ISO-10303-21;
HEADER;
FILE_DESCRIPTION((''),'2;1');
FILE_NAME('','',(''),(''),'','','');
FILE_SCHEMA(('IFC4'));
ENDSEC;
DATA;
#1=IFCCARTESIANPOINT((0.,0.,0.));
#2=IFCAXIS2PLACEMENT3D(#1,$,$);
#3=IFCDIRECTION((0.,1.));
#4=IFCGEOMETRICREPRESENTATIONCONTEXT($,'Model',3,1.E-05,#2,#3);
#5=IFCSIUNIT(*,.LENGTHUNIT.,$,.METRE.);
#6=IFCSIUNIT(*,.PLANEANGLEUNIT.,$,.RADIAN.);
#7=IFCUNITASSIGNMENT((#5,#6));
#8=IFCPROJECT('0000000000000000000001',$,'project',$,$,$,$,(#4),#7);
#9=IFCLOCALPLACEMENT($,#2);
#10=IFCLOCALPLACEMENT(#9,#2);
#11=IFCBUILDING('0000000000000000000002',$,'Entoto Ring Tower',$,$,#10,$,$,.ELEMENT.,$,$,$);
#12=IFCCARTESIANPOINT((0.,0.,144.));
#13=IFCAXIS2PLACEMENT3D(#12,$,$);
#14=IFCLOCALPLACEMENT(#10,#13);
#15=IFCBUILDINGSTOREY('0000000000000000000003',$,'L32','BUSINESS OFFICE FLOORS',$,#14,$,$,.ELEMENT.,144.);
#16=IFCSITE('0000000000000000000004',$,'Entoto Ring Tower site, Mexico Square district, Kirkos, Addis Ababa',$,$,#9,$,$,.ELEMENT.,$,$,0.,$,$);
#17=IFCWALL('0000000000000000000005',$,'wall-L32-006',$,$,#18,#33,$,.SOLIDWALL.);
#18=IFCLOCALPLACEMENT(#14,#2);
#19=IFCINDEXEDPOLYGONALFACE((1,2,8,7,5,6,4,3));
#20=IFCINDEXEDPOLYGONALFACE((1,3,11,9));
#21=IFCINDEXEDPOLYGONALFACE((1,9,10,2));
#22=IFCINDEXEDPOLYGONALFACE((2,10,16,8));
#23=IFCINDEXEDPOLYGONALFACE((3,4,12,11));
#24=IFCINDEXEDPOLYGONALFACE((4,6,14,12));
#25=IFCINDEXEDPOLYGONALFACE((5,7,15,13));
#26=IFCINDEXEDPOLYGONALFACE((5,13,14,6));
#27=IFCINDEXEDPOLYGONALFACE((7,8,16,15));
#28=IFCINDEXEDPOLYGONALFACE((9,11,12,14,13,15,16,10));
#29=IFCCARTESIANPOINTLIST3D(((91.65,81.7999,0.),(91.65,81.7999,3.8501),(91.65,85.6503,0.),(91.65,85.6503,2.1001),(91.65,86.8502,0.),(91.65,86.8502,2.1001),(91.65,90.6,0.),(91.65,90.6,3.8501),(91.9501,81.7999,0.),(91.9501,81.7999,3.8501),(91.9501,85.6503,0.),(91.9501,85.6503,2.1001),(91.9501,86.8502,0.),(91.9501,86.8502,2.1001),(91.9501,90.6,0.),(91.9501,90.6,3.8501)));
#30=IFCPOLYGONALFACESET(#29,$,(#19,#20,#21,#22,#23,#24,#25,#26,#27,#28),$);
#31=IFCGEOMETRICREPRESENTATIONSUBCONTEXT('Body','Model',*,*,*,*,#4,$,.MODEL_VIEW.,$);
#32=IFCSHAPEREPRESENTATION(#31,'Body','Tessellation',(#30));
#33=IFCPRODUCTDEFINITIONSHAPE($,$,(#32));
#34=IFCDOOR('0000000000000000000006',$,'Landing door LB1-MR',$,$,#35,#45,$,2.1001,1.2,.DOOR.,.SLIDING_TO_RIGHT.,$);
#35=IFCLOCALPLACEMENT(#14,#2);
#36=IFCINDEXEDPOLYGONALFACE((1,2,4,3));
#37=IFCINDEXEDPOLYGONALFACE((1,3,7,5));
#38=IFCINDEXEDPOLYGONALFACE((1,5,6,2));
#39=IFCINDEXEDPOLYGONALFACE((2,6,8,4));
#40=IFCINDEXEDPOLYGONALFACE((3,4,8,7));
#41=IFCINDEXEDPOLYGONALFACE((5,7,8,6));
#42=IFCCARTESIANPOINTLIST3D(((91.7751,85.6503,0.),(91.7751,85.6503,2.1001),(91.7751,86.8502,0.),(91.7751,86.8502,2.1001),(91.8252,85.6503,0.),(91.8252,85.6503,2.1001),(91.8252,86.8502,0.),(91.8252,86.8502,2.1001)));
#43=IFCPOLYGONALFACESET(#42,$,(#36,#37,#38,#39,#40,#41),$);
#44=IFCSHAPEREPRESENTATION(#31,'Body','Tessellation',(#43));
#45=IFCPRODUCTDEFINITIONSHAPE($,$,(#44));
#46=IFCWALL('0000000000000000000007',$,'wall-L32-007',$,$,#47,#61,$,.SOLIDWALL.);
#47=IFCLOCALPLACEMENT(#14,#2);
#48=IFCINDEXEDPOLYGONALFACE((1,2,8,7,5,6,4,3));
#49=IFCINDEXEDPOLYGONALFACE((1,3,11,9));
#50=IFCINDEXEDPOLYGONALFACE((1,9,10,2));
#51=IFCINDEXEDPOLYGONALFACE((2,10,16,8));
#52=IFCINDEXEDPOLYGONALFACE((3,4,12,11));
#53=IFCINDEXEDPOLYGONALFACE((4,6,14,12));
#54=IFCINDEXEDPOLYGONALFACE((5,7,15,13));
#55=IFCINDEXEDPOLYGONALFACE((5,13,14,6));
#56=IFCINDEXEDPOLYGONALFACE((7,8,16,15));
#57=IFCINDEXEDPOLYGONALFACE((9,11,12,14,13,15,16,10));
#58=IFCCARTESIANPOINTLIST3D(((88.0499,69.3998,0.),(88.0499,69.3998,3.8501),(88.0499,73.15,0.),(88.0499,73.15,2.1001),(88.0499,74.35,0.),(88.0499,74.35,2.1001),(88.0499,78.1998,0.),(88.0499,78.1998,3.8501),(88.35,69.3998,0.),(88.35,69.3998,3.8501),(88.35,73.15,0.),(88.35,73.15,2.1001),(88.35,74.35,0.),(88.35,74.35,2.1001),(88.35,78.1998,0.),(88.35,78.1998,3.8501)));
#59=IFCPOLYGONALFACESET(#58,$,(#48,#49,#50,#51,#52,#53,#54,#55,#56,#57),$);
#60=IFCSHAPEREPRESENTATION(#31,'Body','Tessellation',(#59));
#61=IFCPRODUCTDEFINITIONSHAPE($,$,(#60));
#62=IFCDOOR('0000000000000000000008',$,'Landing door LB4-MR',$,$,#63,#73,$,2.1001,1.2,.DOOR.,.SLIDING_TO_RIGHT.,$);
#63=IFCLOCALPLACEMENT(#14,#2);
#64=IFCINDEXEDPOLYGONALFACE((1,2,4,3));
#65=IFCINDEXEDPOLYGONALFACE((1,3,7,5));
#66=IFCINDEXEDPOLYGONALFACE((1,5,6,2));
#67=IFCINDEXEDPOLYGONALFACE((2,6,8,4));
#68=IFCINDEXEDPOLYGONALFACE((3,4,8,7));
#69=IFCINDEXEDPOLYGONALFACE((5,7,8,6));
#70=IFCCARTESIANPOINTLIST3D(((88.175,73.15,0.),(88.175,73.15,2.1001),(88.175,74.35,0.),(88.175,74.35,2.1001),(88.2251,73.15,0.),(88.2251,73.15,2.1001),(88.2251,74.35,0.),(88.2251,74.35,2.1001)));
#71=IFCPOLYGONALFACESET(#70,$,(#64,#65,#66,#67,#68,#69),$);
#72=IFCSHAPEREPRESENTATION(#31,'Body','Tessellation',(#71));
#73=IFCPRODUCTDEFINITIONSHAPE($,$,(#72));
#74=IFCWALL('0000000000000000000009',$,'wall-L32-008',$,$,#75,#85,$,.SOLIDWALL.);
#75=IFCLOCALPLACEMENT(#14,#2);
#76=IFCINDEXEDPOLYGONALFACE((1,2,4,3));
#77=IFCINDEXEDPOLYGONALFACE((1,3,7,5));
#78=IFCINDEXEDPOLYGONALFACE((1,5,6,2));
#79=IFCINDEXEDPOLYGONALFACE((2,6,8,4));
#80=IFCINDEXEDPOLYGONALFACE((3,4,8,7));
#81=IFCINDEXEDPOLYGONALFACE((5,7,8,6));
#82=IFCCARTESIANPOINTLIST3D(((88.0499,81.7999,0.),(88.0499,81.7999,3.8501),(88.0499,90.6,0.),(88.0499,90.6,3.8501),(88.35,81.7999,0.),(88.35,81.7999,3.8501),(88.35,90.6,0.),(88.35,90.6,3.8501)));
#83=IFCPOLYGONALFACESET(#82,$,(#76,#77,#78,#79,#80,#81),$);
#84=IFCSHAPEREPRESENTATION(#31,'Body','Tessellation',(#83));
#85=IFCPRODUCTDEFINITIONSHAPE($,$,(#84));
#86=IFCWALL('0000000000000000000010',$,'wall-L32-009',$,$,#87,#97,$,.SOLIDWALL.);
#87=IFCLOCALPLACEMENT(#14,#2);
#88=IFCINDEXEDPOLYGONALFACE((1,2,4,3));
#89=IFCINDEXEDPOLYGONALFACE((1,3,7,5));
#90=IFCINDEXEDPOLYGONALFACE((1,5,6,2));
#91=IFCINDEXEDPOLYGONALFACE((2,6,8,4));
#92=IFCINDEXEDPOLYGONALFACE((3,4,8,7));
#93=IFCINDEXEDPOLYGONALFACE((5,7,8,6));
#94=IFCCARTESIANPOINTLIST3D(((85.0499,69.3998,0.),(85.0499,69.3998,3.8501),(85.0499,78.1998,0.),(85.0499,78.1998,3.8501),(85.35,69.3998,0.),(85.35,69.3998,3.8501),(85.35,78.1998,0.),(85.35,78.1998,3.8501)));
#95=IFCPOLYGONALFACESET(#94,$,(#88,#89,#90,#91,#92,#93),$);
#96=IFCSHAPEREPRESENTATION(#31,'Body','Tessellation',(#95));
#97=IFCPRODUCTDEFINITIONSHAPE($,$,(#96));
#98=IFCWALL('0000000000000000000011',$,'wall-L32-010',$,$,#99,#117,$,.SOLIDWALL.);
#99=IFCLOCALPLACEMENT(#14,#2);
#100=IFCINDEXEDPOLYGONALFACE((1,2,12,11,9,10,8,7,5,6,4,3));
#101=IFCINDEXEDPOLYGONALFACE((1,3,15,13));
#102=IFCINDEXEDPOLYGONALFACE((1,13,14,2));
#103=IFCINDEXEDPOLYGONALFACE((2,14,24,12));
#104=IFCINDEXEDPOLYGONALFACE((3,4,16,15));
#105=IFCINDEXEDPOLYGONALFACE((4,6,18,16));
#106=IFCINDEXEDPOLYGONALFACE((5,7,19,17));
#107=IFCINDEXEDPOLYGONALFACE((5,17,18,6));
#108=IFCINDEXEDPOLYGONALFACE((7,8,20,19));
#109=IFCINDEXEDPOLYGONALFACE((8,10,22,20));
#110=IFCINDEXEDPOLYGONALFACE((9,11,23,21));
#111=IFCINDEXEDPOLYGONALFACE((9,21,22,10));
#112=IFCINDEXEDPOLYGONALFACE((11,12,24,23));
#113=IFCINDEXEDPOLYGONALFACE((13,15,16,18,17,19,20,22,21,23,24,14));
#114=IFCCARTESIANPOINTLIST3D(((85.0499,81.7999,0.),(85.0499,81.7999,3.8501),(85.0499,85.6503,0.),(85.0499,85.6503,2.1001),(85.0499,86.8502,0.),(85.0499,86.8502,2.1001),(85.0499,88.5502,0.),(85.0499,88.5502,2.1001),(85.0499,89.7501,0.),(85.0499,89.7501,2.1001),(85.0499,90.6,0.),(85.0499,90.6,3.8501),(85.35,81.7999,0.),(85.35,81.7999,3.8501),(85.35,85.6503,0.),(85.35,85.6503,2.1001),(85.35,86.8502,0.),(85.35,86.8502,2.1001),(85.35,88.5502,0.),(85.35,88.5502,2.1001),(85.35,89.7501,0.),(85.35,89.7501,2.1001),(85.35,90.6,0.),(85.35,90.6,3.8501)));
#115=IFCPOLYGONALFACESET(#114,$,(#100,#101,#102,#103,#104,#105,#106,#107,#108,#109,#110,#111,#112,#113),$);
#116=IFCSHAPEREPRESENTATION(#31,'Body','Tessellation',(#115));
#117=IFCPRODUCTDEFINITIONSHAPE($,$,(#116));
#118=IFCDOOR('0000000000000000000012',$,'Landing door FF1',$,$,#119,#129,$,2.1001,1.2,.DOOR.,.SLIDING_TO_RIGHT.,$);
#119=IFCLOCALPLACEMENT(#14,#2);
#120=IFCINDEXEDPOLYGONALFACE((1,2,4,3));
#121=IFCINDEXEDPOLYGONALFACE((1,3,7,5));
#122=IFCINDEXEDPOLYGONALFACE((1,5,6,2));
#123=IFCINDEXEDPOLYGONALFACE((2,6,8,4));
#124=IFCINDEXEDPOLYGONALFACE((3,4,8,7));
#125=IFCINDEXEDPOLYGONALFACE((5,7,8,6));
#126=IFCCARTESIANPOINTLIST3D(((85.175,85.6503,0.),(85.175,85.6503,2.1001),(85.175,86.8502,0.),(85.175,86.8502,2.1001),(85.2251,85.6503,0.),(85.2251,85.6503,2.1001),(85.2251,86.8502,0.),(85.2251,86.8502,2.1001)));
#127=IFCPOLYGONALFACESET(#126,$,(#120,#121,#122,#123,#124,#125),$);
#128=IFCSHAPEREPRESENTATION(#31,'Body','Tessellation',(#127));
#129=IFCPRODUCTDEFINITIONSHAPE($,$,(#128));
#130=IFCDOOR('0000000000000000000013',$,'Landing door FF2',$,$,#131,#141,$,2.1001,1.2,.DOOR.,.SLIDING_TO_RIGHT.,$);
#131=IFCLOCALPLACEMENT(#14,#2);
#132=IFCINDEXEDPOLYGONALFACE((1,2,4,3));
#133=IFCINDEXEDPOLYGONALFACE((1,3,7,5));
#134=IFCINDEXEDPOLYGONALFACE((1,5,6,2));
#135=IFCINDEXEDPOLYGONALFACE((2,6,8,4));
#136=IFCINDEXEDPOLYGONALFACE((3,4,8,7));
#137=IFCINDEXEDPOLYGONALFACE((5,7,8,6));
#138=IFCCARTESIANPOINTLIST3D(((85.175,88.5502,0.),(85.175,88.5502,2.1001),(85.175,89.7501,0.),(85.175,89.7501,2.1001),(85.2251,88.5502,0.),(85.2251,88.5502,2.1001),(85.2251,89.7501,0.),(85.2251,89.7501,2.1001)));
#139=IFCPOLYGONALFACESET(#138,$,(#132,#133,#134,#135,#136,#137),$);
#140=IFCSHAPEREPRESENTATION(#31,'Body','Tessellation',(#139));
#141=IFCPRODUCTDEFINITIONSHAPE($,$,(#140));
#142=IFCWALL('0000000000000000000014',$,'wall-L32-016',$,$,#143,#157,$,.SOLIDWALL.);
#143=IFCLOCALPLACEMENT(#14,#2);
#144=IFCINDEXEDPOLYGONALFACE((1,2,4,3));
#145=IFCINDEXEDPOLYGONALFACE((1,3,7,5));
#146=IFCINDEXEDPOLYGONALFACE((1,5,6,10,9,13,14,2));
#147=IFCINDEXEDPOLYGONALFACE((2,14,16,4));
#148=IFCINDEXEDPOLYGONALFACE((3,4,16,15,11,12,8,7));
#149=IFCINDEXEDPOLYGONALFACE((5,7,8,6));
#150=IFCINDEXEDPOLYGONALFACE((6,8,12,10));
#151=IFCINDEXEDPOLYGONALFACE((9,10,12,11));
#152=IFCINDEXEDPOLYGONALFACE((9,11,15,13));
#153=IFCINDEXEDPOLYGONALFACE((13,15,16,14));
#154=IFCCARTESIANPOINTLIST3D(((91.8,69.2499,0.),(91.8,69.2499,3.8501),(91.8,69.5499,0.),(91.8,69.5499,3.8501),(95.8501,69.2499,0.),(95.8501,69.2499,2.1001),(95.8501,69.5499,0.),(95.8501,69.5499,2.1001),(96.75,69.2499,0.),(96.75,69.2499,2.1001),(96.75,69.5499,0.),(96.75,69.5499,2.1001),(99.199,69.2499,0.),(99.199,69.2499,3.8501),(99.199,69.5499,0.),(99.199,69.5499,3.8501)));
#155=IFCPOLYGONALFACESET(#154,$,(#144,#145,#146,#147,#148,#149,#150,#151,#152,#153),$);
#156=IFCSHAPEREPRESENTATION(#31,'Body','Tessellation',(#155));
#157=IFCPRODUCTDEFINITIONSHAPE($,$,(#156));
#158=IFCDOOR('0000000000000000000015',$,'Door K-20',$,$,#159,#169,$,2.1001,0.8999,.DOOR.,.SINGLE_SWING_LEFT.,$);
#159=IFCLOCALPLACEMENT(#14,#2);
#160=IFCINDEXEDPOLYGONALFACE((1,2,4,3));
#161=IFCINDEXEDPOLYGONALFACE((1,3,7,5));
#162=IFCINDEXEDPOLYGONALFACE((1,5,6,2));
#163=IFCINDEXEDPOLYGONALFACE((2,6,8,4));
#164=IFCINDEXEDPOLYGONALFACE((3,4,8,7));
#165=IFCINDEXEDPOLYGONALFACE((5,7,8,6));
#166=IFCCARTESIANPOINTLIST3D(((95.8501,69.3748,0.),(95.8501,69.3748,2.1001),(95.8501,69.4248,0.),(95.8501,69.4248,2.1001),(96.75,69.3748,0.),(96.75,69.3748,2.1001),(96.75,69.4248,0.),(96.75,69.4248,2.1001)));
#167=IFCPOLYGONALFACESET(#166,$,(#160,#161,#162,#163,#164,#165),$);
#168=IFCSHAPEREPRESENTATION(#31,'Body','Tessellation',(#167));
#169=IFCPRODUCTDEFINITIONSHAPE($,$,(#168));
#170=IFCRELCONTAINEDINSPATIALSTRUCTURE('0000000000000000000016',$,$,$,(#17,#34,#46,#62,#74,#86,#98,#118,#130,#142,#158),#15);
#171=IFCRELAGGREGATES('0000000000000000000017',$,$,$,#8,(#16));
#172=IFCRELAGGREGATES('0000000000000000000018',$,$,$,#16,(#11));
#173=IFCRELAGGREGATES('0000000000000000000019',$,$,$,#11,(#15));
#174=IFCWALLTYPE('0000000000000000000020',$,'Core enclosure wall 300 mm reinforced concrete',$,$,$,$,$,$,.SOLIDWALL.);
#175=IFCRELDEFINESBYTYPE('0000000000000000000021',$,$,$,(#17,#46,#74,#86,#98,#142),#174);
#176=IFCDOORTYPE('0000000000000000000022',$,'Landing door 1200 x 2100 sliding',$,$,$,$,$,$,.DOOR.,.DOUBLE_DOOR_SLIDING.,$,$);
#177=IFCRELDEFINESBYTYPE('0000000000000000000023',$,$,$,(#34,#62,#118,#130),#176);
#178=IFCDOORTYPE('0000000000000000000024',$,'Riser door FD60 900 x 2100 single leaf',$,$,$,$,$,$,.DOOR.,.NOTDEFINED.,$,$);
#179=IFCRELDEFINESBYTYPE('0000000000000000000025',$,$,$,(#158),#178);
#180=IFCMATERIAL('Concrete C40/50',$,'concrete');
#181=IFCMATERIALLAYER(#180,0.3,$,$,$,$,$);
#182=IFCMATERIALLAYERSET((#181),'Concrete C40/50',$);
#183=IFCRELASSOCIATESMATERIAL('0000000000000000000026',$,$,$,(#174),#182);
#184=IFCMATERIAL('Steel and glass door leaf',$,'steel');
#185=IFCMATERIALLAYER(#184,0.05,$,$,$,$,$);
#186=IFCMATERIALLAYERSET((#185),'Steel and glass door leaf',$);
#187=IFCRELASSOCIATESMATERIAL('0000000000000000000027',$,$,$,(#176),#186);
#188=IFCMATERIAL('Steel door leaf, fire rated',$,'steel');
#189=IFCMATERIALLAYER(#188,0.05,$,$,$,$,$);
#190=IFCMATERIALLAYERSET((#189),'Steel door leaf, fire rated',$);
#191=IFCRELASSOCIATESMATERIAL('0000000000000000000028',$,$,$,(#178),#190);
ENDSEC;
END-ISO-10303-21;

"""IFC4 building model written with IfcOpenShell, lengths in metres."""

from ifc_helpers import new_model, si_unit, direction, frame, frame_2d, origin, place, context, subcontext, project, spatial, rectangle, extrude, material, layer, layer_set, type_object, element, fill, save


model = new_model("IFC4")

# Units and contexts
model_context = context("Model", 3, precision=1e-05, world=origin(), true_north=direction((0.0, 1.0)))
body_context = subcontext(model_context, "Body", "Model", "MODEL_VIEW")
ifc_project = project(units=[si_unit("LENGTHUNIT", "METRE"), si_unit("PLANEANGLEUNIT", "RADIAN")], contexts=[model_context])

# Site, building, storey
site_placement = place(None, origin())
site = spatial("IfcSite", under=ifc_project, at=site_placement, Name="Entoto Ring Tower site, Mexico Square district, Kirkos, Addis Ababa", CompositionType="ELEMENT", RefElevation=0.0)
building_placement = place(site_placement, origin())
building = spatial("IfcBuilding", under=site, at=building_placement, Name="Entoto Ring Tower", CompositionType="ELEMENT")
storey_placement = place(building_placement, frame((0.0, 0.0, 144.0)))
storey = spatial("IfcBuildingStorey", under=building, at=storey_placement, Name="L32", Description="BUSINESS OFFICE FLOORS", CompositionType="ELEMENT", Elevation=144.0)

# Shared definitions
ifc_material_1 = material(Name="Concrete C40/50", Category="concrete")
ifc_layer_1 = layer(ifc_material_1, 0.3)
ifc_layer_set_1 = layer_set([ifc_layer_1], Name="Concrete C40/50")
wall_type = type_object("IfcWallType", Name="Core enclosure wall 300 mm reinforced concrete", PredefinedType="SOLIDWALL", material=ifc_layer_set_1)

# Shared definitions
ifc_material_2 = material(Name="Steel and glass door leaf", Category="steel")
ifc_layer_2 = layer(ifc_material_2, 0.05)
ifc_layer_set_2 = layer_set([ifc_layer_2], Name="Steel and glass door leaf")
door_type_1 = type_object("IfcDoorType", Name="Landing door 1200 x 2100 sliding", OperationType="DOUBLE_DOOR_SLIDING", PredefinedType="DOOR", material=ifc_layer_set_2)

# Walls, openings, doors
wall_1_placement = place(storey_placement, frame((91.8, 81.8, 0.0), z_axis=(0.0, 0.0, 1.0), x_axis=(0.0, 1.0, 0.0)))
wall_1 = element("IfcWall", 1, at=wall_1_placement, inside=storey, type_object=wall_type, Name="wall-L32-006", PredefinedType="SOLIDWALL", context=body_context, shape_type="SweptSolid", body=[
    extrude(rectangle(XDim=8.8, YDim=0.3, at=frame_2d((4.3999, 0.0))), origin(), (0.0, 0.0, 1.0), 3.8501),
])
opening_1_placement = place(wall_1_placement, frame((3.8501, 0.0, 0.0)))
opening_1 = element("IfcOpeningElement", 2, at=opening_1_placement, cuts=wall_1, PredefinedType="OPENING", context=body_context, shape_type="SweptSolid", body=[
    extrude(rectangle(XDim=1.2, YDim=2.1001, at=frame_2d((0.6001, 1.05))), frame((0.0, 0.1602, 0.0), z_axis=(0.0, -1.0, 0.0), x_axis=(1.0, 0.0, 0.0)), (0.0, 0.0, 1.0), 0.3201),
])
door_1_placement = place(opening_1_placement, origin())
door_1 = element("IfcDoor", 3, at=door_1_placement, inside=storey, type_object=door_type_1, Name="Landing door LB1-MR", OperationType="SLIDING_TO_RIGHT", OverallHeight=2.1001, OverallWidth=1.2, PredefinedType="DOOR", context=body_context, shape_type="SweptSolid", body=[
    extrude(rectangle(XDim=1.2, YDim=2.1001, at=frame_2d((0.6001, 1.05))), frame((0.0, 0.0249, 0.0), z_axis=(0.0, -1.0, 0.0), x_axis=(1.0, 0.0, 0.0)), (0.0, 0.0, 1.0), 0.05),
])
fill(opening_1, door_1)
wall_2_placement = place(storey_placement, frame((88.2, 69.3999, 0.0), z_axis=(0.0, 0.0, 1.0), x_axis=(0.0, 1.0, 0.0)))
wall_2 = element("IfcWall", 4, at=wall_2_placement, inside=storey, type_object=wall_type, Name="wall-L32-007", PredefinedType="SOLIDWALL", context=body_context, shape_type="SweptSolid", body=[
    extrude(rectangle(XDim=8.8, YDim=0.3, at=frame_2d((4.3999, 0.0))), origin(), (0.0, 0.0, 1.0), 3.8501),
])
opening_2_placement = place(wall_2_placement, frame((3.75, 0.0, 0.0)))
opening_2 = element("IfcOpeningElement", 5, at=opening_2_placement, cuts=wall_2, PredefinedType="OPENING", context=body_context, shape_type="SweptSolid", body=[
    extrude(rectangle(XDim=1.2, YDim=2.1001, at=frame_2d((0.6001, 1.05))), frame((0.0, 0.1602, 0.0), z_axis=(0.0, -1.0, 0.0), x_axis=(1.0, 0.0, 0.0)), (0.0, 0.0, 1.0), 0.3201),
])
door_2_placement = place(opening_2_placement, origin())
door_2 = element("IfcDoor", 6, at=door_2_placement, inside=storey, type_object=door_type_1, Name="Landing door LB4-MR", OperationType="SLIDING_TO_RIGHT", OverallHeight=2.1001, OverallWidth=1.2, PredefinedType="DOOR", context=body_context, shape_type="SweptSolid", body=[
    extrude(rectangle(XDim=1.2, YDim=2.1001, at=frame_2d((0.6001, 1.05))), frame((0.0, 0.0249, 0.0), z_axis=(0.0, -1.0, 0.0), x_axis=(1.0, 0.0, 0.0)), (0.0, 0.0, 1.0), 0.05),
])
fill(opening_2, door_2)

# Walls
for number, where, z_axis, x_axis, name in (
    (7, (88.2, 81.8, 0.0), (0.0, 0.0, 1.0), (0.0, 1.0, 0.0), "wall-L32-008"),
    (8, (85.2, 69.3999, 0.0), (0.0, 0.0, 1.0), (0.0, 1.0, 0.0), "wall-L32-009"),
):
    element("IfcWall", number, at=place(storey_placement, frame(where, z_axis=z_axis, x_axis=x_axis)), inside=storey, type_object=wall_type, Name=name, PredefinedType="SOLIDWALL", context=body_context, shape_type="SweptSolid", body=[
        extrude(rectangle(XDim=8.8, YDim=0.3, at=frame_2d((4.3999, 0.0))), origin(), (0.0, 0.0, 1.0), 3.8501),
    ])

# Wall, openings, doors
wall_3_placement = place(storey_placement, frame((85.2, 81.8, 0.0), z_axis=(0.0, 0.0, 1.0), x_axis=(0.0, 1.0, 0.0)))
wall_3 = element("IfcWall", 9, at=wall_3_placement, inside=storey, type_object=wall_type, Name="wall-L32-010", PredefinedType="SOLIDWALL", context=body_context, shape_type="SweptSolid", body=[
    extrude(rectangle(XDim=8.8, YDim=0.3, at=frame_2d((4.3999, 0.0))), origin(), (0.0, 0.0, 1.0), 3.8501),
])
opening_3_placement = place(wall_3_placement, frame((3.8501, 0.0, 0.0)))
opening_3 = element("IfcOpeningElement", 10, at=opening_3_placement, cuts=wall_3, PredefinedType="OPENING", context=body_context, shape_type="SweptSolid", body=[
    extrude(rectangle(XDim=1.2, YDim=2.1001, at=frame_2d((0.6001, 1.05))), frame((0.0, 0.1602, 0.0), z_axis=(0.0, -1.0, 0.0), x_axis=(1.0, 0.0, 0.0)), (0.0, 0.0, 1.0), 0.3201),
])
opening_4_placement = place(wall_3_placement, frame((6.75, 0.0, 0.0)))
opening_4 = element("IfcOpeningElement", 11, at=opening_4_placement, cuts=wall_3, PredefinedType="OPENING", context=body_context, shape_type="SweptSolid", body=[
    extrude(rectangle(XDim=1.2, YDim=2.1001, at=frame_2d((0.6001, 1.05))), frame((0.0, 0.1602, 0.0), z_axis=(0.0, -1.0, 0.0), x_axis=(1.0, 0.0, 0.0)), (0.0, 0.0, 1.0), 0.3201),
])
door_3_placement = place(opening_3_placement, origin())
door_3 = element("IfcDoor", 12, at=door_3_placement, inside=storey, type_object=door_type_1, Name="Landing door FF1", OperationType="SLIDING_TO_RIGHT", OverallHeight=2.1001, OverallWidth=1.2, PredefinedType="DOOR", context=body_context, shape_type="SweptSolid", body=[
    extrude(rectangle(XDim=1.2, YDim=2.1001, at=frame_2d((0.6001, 1.05))), frame((0.0, 0.0249, 0.0), z_axis=(0.0, -1.0, 0.0), x_axis=(1.0, 0.0, 0.0)), (0.0, 0.0, 1.0), 0.05),
])
fill(opening_3, door_3)
door_4_placement = place(opening_4_placement, origin())
door_4 = element("IfcDoor", 13, at=door_4_placement, inside=storey, type_object=door_type_1, Name="Landing door FF2", OperationType="SLIDING_TO_RIGHT", OverallHeight=2.1001, OverallWidth=1.2, PredefinedType="DOOR", context=body_context, shape_type="SweptSolid", body=[
    extrude(rectangle(XDim=1.2, YDim=2.1001, at=frame_2d((0.6001, 1.05))), frame((0.0, 0.0249, 0.0), z_axis=(0.0, -1.0, 0.0), x_axis=(1.0, 0.0, 0.0)), (0.0, 0.0, 1.0), 0.05),
])
fill(opening_4, door_4)

# Wall, opening, door
wall_4_placement = place(storey_placement, frame((91.8, 69.3999, 0.0), z_axis=(0.0, 0.0, 1.0), x_axis=(1.0, 0.0, 0.0)))
wall_4 = element("IfcWall", 14, at=wall_4_placement, inside=storey, type_object=wall_type, Name="wall-L32-016", PredefinedType="SOLIDWALL", context=body_context, shape_type="SweptSolid", body=[
    extrude(rectangle(XDim=7.3989, YDim=0.3, at=frame_2d((3.6995, 0.0))), origin(), (0.0, 0.0, 1.0), 3.8501),
])
opening_5_placement = place(wall_4_placement, frame((4.05, 0.0, 0.0)))
opening_5 = element("IfcOpeningElement", 15, at=opening_5_placement, cuts=wall_4, PredefinedType="OPENING", context=body_context, shape_type="SweptSolid", body=[
    extrude(rectangle(XDim=0.8999, YDim=2.1001, at=frame_2d((0.45, 1.05))), frame((0.0, 0.1602, 0.0), z_axis=(0.0, -1.0, 0.0), x_axis=(1.0, 0.0, 0.0)), (0.0, 0.0, 1.0), 0.3201),
])
ifc_material_3 = material(Name="Steel door leaf, fire rated", Category="steel")
ifc_layer_3 = layer(ifc_material_3, 0.05)
ifc_layer_set_3 = layer_set([ifc_layer_3], Name="Steel door leaf, fire rated")
door_type_2 = type_object("IfcDoorType", Name="Riser door FD60 900 x 2100 single leaf", OperationType="NOTDEFINED", PredefinedType="DOOR", material=ifc_layer_set_3)
door_5_placement = place(opening_5_placement, origin())
door_5 = element("IfcDoor", 16, at=door_5_placement, inside=storey, type_object=door_type_2, Name="Door K-20", OperationType="SINGLE_SWING_LEFT", OverallHeight=2.1001, OverallWidth=0.8999, PredefinedType="DOOR", context=body_context, shape_type="SweptSolid", body=[
    extrude(rectangle(XDim=0.8999, YDim=2.1001, at=frame_2d((0.45, 1.05))), frame((0.0, 0.0249, 0.0), z_axis=(0.0, -1.0, 0.0), x_axis=(1.0, 0.0, 0.0)), (0.0, 0.0, 1.0), 0.05),
])
fill(opening_5, door_5)

save(model, "model.ifc")
